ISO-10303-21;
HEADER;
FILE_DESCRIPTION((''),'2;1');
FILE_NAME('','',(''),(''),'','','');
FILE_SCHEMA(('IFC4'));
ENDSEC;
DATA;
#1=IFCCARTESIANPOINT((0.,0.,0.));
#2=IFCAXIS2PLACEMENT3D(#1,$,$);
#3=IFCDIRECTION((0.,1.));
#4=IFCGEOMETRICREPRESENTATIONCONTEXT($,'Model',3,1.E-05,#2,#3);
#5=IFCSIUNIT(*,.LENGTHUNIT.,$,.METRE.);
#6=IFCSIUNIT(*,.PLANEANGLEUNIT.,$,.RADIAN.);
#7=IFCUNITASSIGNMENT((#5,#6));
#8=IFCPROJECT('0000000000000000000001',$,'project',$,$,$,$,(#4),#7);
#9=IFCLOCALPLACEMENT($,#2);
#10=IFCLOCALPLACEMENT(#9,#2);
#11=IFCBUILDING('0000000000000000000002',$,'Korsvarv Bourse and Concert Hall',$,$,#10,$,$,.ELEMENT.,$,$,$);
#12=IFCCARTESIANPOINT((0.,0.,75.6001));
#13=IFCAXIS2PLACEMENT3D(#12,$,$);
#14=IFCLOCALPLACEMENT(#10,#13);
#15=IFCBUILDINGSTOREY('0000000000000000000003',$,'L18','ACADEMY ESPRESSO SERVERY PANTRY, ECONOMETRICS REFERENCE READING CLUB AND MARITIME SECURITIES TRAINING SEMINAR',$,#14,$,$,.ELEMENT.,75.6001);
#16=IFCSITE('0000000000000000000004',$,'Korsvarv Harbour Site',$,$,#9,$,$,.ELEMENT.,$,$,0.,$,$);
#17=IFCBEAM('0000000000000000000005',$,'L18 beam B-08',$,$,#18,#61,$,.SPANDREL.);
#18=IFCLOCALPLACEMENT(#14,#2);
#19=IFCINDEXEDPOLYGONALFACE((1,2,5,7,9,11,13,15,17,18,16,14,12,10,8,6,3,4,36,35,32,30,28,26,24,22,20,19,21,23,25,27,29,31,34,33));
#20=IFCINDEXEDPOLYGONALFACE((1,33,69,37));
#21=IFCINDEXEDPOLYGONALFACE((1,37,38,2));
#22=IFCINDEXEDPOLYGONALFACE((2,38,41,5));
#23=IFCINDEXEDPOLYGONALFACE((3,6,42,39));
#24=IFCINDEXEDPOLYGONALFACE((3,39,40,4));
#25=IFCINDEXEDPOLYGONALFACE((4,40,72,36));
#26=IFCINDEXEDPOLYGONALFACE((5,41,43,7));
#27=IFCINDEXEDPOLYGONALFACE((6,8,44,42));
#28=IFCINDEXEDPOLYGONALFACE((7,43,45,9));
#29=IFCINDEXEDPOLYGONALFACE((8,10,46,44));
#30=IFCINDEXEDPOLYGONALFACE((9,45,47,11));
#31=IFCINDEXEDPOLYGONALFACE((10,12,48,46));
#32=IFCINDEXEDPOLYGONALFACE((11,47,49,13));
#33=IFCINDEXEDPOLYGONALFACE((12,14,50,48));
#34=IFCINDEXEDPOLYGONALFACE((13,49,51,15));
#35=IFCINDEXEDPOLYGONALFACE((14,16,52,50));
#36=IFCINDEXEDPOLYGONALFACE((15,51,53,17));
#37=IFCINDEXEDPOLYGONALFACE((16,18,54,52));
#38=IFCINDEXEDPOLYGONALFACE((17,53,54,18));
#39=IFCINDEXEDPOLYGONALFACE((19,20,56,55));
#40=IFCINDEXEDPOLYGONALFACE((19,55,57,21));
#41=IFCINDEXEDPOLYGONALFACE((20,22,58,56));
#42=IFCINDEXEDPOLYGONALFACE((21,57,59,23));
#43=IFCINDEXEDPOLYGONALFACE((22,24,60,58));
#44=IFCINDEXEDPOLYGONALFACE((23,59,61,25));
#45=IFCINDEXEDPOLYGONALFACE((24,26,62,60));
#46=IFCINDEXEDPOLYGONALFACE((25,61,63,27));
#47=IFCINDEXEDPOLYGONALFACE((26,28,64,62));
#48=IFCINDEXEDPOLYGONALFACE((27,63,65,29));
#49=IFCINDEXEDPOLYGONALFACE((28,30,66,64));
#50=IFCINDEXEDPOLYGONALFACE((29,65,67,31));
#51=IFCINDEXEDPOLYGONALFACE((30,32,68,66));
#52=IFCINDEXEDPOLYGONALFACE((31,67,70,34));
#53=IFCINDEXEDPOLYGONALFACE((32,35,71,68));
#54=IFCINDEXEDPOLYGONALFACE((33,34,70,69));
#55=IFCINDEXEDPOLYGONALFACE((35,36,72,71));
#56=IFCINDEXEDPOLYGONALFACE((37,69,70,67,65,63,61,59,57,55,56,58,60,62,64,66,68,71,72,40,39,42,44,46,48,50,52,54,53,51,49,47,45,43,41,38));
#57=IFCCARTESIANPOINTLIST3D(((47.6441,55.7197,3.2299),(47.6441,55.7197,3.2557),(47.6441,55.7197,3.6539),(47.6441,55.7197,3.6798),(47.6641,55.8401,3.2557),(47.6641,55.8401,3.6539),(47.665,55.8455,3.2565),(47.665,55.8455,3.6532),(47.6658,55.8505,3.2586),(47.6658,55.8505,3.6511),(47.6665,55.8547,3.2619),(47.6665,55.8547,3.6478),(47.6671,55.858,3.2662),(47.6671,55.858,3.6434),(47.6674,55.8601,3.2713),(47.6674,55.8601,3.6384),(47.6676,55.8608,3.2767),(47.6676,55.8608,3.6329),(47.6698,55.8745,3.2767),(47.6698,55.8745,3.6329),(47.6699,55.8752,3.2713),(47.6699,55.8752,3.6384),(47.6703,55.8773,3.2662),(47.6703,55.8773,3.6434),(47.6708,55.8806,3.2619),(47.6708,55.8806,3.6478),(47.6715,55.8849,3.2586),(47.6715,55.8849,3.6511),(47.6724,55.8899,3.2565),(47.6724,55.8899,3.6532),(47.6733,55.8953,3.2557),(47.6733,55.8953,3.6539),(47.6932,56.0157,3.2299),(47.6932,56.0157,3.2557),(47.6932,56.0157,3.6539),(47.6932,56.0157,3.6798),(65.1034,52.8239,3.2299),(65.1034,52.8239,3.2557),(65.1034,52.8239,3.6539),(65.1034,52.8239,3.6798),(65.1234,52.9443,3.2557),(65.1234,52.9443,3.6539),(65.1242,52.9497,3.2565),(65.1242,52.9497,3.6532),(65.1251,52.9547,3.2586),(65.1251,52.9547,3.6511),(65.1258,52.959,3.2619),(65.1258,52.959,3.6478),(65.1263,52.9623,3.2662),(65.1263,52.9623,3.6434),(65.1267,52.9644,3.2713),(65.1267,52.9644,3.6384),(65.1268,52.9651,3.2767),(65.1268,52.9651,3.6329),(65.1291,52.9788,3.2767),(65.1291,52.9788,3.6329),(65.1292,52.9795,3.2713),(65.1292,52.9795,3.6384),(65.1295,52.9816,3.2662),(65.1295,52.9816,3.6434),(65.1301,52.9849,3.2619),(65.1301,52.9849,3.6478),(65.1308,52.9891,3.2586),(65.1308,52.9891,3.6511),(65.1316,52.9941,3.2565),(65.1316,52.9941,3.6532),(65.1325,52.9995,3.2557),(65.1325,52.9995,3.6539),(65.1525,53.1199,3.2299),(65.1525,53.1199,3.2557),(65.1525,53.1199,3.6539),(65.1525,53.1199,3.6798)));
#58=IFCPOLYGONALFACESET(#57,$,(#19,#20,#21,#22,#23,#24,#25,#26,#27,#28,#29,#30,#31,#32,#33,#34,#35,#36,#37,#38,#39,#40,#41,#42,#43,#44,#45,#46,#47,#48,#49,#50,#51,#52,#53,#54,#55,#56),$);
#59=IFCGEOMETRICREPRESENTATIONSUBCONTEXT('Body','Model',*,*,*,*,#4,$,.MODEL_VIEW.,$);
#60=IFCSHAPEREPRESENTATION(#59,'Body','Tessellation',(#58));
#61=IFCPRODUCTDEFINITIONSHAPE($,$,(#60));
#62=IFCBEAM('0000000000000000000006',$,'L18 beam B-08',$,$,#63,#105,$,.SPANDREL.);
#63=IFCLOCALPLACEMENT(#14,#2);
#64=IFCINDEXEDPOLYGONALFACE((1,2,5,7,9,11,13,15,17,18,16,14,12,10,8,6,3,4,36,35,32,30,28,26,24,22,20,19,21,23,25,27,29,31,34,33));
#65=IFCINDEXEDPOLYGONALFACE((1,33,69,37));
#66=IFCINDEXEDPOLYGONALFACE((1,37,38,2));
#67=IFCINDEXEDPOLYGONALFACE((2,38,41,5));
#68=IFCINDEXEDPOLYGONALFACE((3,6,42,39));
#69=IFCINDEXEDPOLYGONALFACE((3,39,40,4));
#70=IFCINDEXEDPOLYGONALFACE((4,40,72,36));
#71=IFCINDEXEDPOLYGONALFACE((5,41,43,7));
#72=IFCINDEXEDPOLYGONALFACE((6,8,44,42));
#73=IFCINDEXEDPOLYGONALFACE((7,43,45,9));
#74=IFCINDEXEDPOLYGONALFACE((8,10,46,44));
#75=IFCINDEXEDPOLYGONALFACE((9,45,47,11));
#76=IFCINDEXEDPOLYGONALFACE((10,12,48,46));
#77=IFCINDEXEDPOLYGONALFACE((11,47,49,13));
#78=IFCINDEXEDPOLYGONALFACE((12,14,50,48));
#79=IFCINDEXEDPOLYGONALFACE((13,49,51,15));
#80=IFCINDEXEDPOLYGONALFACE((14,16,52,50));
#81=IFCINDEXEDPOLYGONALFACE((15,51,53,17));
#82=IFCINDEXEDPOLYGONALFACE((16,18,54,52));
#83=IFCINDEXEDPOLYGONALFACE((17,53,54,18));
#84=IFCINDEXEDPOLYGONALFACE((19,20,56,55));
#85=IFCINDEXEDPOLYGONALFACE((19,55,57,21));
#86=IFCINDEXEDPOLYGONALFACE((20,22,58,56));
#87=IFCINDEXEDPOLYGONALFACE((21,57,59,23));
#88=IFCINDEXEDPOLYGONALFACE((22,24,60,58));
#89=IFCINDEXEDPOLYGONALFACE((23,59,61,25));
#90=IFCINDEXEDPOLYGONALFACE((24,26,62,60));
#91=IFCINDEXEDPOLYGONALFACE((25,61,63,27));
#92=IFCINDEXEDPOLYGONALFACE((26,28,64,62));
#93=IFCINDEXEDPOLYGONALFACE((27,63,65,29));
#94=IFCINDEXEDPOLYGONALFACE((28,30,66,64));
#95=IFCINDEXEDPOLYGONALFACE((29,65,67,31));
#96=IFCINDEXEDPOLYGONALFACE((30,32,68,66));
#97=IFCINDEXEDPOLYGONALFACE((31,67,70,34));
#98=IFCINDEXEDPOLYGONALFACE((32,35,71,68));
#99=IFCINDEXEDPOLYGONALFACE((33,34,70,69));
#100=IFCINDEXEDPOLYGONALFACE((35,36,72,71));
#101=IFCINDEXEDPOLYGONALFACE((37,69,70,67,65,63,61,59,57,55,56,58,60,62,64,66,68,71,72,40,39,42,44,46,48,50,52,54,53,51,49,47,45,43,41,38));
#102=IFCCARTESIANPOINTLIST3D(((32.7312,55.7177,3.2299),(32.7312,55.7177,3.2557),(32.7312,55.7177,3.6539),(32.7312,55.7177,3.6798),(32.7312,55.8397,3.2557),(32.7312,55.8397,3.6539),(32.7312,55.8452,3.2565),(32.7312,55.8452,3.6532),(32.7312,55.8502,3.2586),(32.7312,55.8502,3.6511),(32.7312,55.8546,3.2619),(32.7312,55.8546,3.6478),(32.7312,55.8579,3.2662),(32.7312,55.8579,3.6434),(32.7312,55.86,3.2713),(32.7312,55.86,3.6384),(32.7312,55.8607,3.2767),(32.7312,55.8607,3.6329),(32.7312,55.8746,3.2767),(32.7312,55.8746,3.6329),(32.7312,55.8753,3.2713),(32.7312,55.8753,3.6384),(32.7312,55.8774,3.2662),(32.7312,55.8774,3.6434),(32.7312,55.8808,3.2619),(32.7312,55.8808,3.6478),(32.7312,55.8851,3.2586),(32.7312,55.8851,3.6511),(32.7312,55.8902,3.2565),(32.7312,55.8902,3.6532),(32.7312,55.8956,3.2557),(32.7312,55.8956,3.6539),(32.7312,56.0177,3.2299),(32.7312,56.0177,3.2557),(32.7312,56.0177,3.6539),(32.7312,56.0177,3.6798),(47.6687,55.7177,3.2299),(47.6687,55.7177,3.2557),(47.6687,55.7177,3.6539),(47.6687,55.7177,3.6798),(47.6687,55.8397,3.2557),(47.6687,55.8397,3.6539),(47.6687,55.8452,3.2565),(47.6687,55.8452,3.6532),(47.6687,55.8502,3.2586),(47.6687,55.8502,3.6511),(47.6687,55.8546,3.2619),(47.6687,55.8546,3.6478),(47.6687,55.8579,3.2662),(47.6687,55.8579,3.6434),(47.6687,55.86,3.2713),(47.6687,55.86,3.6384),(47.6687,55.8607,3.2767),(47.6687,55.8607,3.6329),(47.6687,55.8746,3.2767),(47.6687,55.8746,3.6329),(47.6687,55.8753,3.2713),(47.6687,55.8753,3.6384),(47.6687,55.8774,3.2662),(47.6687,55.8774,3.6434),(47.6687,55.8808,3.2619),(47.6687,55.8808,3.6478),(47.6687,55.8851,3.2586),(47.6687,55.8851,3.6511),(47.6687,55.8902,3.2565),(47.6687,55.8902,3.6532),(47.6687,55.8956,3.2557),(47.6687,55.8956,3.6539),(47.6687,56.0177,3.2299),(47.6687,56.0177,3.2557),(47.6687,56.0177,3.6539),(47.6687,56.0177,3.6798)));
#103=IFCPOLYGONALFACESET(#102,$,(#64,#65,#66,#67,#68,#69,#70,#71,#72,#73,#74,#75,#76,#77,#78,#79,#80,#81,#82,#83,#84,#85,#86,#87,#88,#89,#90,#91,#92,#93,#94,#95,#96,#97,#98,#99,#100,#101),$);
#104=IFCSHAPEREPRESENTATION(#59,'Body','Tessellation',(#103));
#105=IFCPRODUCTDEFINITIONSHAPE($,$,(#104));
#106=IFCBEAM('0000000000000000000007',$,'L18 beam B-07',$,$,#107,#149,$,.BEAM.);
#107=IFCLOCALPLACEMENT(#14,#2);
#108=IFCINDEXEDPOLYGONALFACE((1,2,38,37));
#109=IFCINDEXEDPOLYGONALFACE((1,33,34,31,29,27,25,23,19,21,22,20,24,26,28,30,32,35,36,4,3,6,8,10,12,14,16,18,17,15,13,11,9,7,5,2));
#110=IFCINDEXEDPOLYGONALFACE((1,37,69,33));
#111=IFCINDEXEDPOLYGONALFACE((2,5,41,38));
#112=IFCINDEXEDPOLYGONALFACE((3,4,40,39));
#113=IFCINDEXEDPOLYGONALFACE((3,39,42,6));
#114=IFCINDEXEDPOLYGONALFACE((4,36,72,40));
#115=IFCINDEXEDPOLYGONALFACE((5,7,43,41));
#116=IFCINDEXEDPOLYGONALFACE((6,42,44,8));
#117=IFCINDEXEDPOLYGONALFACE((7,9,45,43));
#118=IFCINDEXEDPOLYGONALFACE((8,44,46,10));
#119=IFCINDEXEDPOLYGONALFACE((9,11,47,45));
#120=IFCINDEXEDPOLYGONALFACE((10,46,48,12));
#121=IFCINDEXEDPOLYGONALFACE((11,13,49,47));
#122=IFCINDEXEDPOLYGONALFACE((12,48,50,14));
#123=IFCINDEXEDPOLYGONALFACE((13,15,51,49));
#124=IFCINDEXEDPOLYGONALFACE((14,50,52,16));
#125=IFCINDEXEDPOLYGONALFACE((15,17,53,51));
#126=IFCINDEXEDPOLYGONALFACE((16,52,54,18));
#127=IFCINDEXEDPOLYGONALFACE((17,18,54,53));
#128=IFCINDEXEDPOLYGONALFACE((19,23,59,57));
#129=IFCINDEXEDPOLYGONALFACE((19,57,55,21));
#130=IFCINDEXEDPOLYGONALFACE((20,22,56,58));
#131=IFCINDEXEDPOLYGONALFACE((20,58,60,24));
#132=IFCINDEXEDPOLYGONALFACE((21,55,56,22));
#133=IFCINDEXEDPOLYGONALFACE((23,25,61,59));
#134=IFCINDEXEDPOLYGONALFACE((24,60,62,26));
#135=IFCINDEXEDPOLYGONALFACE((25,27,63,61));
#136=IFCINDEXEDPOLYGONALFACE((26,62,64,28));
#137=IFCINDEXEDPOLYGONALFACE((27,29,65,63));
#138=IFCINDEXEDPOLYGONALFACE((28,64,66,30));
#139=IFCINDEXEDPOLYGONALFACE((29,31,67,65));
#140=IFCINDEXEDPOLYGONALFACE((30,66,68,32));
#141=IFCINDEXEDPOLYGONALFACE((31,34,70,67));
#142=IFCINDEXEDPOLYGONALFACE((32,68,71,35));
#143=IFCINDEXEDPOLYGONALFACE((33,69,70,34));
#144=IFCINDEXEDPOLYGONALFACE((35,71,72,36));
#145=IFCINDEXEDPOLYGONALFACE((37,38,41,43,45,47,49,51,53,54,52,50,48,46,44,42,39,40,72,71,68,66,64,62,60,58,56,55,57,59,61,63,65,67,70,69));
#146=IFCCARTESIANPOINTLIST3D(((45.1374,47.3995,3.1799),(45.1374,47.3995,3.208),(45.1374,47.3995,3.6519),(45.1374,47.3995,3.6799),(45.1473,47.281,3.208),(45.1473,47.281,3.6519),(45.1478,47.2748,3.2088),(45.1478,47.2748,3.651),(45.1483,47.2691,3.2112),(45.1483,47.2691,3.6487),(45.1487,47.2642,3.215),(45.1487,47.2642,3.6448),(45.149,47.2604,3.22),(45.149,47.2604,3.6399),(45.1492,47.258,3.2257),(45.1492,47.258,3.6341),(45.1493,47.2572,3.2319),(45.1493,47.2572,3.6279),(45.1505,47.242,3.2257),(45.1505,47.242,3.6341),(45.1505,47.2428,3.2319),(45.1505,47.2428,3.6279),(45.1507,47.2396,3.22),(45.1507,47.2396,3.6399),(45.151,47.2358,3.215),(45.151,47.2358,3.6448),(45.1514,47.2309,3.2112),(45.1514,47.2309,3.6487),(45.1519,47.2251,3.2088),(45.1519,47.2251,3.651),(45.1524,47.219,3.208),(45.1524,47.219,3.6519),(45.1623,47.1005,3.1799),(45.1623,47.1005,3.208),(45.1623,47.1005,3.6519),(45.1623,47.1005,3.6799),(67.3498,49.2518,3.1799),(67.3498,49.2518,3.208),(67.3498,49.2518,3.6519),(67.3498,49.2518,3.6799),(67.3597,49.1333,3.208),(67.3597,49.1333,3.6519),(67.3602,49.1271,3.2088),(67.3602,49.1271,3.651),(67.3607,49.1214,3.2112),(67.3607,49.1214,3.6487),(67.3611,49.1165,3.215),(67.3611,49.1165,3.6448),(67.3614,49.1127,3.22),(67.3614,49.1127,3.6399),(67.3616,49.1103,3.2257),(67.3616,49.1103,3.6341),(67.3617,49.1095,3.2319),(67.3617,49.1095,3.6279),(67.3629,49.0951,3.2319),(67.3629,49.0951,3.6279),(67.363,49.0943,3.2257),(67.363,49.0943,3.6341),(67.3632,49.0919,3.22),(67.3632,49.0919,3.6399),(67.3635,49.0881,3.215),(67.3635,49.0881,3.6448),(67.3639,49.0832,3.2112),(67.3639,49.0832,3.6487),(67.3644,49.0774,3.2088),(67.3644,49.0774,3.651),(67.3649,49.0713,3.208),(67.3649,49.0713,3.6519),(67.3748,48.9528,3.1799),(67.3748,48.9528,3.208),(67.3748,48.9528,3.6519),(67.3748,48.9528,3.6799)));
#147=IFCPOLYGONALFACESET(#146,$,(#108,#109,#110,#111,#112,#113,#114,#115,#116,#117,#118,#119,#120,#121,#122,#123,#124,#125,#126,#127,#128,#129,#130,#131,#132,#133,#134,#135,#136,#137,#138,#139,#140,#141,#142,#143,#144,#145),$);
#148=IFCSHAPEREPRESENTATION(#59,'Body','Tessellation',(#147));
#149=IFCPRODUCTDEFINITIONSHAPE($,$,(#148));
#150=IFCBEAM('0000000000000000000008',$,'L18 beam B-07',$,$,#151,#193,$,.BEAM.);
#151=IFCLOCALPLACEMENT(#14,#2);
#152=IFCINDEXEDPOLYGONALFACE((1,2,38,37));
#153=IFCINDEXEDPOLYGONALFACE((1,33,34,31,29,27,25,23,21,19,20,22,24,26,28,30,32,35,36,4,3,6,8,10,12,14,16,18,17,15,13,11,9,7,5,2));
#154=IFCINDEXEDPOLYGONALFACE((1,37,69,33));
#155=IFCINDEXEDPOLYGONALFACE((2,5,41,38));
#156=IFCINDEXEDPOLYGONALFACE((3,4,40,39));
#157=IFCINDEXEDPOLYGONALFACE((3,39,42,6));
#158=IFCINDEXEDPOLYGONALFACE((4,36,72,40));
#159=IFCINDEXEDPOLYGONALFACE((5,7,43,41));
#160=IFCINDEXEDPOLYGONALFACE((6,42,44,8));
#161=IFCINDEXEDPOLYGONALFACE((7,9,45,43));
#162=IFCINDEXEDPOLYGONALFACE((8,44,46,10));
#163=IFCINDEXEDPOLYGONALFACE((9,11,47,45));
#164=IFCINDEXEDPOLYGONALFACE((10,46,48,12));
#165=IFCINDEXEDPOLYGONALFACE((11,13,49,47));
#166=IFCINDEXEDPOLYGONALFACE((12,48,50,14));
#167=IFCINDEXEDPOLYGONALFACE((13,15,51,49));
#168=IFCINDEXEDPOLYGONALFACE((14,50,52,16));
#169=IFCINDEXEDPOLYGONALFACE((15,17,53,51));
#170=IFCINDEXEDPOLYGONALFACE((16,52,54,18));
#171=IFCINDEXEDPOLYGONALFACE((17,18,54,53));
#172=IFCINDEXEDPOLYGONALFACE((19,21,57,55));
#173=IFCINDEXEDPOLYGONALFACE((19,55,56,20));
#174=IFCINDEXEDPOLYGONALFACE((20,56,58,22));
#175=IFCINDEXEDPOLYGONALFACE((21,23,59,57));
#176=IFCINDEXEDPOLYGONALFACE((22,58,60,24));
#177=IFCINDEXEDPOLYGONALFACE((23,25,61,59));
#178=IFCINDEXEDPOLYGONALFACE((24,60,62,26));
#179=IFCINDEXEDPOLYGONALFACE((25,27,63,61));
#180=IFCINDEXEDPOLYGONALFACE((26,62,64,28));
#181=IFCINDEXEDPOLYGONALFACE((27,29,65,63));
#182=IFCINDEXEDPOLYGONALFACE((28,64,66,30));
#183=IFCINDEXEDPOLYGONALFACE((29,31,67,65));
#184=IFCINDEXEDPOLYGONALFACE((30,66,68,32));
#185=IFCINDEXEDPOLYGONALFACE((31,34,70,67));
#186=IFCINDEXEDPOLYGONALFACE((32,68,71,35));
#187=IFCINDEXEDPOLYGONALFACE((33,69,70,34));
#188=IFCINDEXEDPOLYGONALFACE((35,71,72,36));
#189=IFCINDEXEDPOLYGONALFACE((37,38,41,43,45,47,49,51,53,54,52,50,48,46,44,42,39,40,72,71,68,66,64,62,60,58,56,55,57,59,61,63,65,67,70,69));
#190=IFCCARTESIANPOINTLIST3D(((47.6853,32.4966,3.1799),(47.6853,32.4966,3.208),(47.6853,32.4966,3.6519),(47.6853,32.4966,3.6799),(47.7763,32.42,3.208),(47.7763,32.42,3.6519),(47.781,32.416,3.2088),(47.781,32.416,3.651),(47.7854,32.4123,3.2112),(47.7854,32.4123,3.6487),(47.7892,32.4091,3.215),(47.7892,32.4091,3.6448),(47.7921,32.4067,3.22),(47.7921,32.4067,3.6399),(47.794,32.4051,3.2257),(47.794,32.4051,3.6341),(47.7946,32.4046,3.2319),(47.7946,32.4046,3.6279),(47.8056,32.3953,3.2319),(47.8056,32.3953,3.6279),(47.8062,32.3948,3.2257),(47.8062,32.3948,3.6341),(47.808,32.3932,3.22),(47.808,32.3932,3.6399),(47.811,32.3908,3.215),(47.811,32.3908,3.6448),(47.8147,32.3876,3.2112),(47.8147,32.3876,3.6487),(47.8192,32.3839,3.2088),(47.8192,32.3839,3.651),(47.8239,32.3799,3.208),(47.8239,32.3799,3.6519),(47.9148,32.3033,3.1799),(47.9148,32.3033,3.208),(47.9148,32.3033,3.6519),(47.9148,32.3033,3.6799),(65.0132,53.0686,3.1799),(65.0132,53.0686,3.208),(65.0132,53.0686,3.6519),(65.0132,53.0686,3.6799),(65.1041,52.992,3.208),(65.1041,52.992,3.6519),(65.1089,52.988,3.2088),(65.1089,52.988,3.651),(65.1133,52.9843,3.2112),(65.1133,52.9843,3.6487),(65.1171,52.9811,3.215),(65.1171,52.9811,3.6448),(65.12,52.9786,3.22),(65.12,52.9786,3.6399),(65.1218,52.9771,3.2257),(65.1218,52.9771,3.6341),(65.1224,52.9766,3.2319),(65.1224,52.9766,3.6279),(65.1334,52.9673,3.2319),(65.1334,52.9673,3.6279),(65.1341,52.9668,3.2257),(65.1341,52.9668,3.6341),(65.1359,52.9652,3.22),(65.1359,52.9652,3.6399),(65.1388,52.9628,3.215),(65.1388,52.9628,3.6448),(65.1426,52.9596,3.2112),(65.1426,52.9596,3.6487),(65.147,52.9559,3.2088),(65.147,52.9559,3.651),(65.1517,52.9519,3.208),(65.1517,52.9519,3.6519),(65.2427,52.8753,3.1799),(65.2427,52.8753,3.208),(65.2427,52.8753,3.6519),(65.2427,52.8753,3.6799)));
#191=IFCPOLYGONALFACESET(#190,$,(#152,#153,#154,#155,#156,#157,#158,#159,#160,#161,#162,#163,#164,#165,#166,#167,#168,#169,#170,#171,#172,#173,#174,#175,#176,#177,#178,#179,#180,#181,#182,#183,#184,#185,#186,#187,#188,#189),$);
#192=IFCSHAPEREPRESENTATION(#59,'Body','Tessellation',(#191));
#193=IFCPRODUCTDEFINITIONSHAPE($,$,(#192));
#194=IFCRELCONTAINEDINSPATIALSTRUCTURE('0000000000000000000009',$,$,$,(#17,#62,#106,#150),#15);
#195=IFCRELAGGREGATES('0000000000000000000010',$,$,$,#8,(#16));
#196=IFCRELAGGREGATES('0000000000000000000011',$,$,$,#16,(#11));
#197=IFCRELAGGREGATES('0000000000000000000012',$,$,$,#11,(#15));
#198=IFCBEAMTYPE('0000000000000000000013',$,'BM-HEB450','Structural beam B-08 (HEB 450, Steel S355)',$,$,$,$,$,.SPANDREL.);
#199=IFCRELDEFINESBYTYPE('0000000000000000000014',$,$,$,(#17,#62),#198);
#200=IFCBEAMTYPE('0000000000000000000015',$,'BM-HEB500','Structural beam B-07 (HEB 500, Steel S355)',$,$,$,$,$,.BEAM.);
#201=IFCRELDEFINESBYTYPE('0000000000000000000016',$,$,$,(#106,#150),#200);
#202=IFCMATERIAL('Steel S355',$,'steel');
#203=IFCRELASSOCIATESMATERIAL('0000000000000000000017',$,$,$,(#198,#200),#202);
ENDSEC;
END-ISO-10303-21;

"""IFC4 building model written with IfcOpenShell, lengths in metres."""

from ifc_helpers import new_model, si_unit, direction, frame, origin, origin_2d, place, context, subcontext, project, spatial, i_section, extrude, source, transform, mapped, material, material_profile, profile_set, type_object, element, save


model = new_model("IFC4")

# Units and contexts
model_context = context("Model", 3, precision=1e-05, world=origin(), true_north=direction((0.0, 1.0)))
body_context = subcontext(model_context, "Body", "Model", "MODEL_VIEW")
ifc_project = project(units=[si_unit("LENGTHUNIT", "METRE"), si_unit("PLANEANGLEUNIT", "RADIAN")], contexts=[model_context])

# Site, building, storey
site_placement = place(None, origin())
site = spatial("IfcSite", under=ifc_project, at=site_placement, Name="Korsvarv Harbour Site", CompositionType="ELEMENT", RefElevation=0.0)
building_placement = place(site_placement, origin())
building = spatial("IfcBuilding", under=site, at=building_placement, Name="Korsvarv Bourse and Concert Hall", CompositionType="ELEMENT")
storey_placement = place(building_placement, frame((0.0, 0.0, 75.6001)))
storey = spatial("IfcBuildingStorey", under=building, at=storey_placement, Name="L18", Description="ACADEMY ESPRESSO SERVERY PANTRY, ECONOMETRICS REFERENCE READING CLUB AND MARITIME SECURITIES TRAINING SEMINAR", CompositionType="ELEMENT", Elevation=75.6001)

# Beams
ifc_material_1 = material(Name="Steel S355", Category="steel")
ifc_material_profile_1 = material_profile(ifc_material_1, i_section(OverallWidth=0.3, OverallDepth=0.45, WebThickness=0.0139, FlangeThickness=0.0259, FilletRadius=0.021, at=origin_2d()), Name="HEB 450")
ifc_profile_set_1 = profile_set([ifc_material_profile_1], Name="Steel S355")
beam_type_1 = type_object("IfcBeamType", Name="BM-HEB450", Description="Structural beam B-08 (HEB 450, Steel S355)", PredefinedType="SPANDREL", material=ifc_profile_set_1)
shared_shape_1 = source(origin(), body_context, "Body", "SweptSolid", [
    extrude(i_section(OverallWidth=0.3, OverallDepth=0.45, WebThickness=0.0139, FlangeThickness=0.0259, FilletRadius=0.021, at=origin_2d()), origin(), (0.0, 0.0, 1.0), 17.6978),
])
beam_1_placement = place(storey_placement, frame((65.1279, 52.9719, 3.4548), z_axis=(-0.986523, 0.163623, 0.0), x_axis=(-0.163623, -0.986523, 0.0)))
element("IfcBeam", 1, at=beam_1_placement, inside=storey, type_object=beam_type_1, Name="L18 beam B-08", PredefinedType="SPANDREL", context=body_context, shape_type="MappedRepresentation", body=[
    mapped(shared_shape_1, transform((0.0, 0.0, 0.0), scale=1.0)),
])
shared_shape_2 = source(origin(), body_context, "Body", "SweptSolid", [
    extrude(i_section(OverallWidth=0.3, OverallDepth=0.45, WebThickness=0.0139, FlangeThickness=0.0259, FilletRadius=0.021, at=origin_2d()), origin(), (0.0, 0.0, 1.0), 14.9375),
])
beam_2_placement = place(storey_placement, frame((47.6687, 55.8677, 3.4548), z_axis=(-1.0, 0.0, 0.0), x_axis=(0.0, -1.0, 0.0)))
element("IfcBeam", 2, at=beam_2_placement, inside=storey, type_object=beam_type_1, Name="L18 beam B-08", PredefinedType="SPANDREL", context=body_context, shape_type="MappedRepresentation", body=[
    mapped(shared_shape_2, transform((0.0, 0.0, 0.0), scale=1.0)),
])
ifc_material_profile_2 = material_profile(ifc_material_1, i_section(OverallWidth=0.3, OverallDepth=0.5, WebThickness=0.0144, FlangeThickness=0.0281, FilletRadius=0.0239, at=origin_2d()), Name="HEB 500")
ifc_profile_set_2 = profile_set([ifc_material_profile_2], Name="Steel S355")
beam_type_2 = type_object("IfcBeamType", Name="BM-HEB500", Description="Structural beam B-07 (HEB 500, Steel S355)", PredefinedType="BEAM", material=ifc_profile_set_2)
shared_shape_3 = source(origin(), body_context, "Body", "SweptSolid", [
    extrude(i_section(OverallWidth=0.3, OverallDepth=0.5, WebThickness=0.0144, FlangeThickness=0.0281, FilletRadius=0.0239, at=origin_2d()), origin(), (0.0, 0.0, 1.0), 22.2896),
])
beam_3_placement = place(storey_placement, frame((67.3623, 49.1023, 3.4299), z_axis=(-0.996541, -0.083102, 0.0), x_axis=(0.083102, -0.996541, 0.0)))
element("IfcBeam", 3, at=beam_3_placement, inside=storey, type_object=beam_type_2, Name="L18 beam B-07", PredefinedType="BEAM", context=body_context, shape_type="MappedRepresentation", body=[
    mapped(shared_shape_3, transform((0.0, 0.0, 0.0), scale=1.0)),
])
shared_shape_4 = source(origin(), body_context, "Body", "SweptSolid", [
    extrude(i_section(OverallWidth=0.3, OverallDepth=0.5, WebThickness=0.0144, FlangeThickness=0.0281, FilletRadius=0.0239, at=origin_2d()), origin(), (0.0, 0.0, 1.0), 26.8972),
])
beam_4_placement = place(storey_placement, frame((65.1279, 52.9719, 3.4299), z_axis=(-0.644224, -0.764837, 0.0), x_axis=(0.764837, -0.644224, 0.0)))
element("IfcBeam", 4, at=beam_4_placement, inside=storey, type_object=beam_type_2, Name="L18 beam B-07", PredefinedType="BEAM", context=body_context, shape_type="MappedRepresentation", body=[
    mapped(shared_shape_4, transform((0.0, 0.0, 0.0), scale=1.0)),
])

save(model, "model.ifc")
